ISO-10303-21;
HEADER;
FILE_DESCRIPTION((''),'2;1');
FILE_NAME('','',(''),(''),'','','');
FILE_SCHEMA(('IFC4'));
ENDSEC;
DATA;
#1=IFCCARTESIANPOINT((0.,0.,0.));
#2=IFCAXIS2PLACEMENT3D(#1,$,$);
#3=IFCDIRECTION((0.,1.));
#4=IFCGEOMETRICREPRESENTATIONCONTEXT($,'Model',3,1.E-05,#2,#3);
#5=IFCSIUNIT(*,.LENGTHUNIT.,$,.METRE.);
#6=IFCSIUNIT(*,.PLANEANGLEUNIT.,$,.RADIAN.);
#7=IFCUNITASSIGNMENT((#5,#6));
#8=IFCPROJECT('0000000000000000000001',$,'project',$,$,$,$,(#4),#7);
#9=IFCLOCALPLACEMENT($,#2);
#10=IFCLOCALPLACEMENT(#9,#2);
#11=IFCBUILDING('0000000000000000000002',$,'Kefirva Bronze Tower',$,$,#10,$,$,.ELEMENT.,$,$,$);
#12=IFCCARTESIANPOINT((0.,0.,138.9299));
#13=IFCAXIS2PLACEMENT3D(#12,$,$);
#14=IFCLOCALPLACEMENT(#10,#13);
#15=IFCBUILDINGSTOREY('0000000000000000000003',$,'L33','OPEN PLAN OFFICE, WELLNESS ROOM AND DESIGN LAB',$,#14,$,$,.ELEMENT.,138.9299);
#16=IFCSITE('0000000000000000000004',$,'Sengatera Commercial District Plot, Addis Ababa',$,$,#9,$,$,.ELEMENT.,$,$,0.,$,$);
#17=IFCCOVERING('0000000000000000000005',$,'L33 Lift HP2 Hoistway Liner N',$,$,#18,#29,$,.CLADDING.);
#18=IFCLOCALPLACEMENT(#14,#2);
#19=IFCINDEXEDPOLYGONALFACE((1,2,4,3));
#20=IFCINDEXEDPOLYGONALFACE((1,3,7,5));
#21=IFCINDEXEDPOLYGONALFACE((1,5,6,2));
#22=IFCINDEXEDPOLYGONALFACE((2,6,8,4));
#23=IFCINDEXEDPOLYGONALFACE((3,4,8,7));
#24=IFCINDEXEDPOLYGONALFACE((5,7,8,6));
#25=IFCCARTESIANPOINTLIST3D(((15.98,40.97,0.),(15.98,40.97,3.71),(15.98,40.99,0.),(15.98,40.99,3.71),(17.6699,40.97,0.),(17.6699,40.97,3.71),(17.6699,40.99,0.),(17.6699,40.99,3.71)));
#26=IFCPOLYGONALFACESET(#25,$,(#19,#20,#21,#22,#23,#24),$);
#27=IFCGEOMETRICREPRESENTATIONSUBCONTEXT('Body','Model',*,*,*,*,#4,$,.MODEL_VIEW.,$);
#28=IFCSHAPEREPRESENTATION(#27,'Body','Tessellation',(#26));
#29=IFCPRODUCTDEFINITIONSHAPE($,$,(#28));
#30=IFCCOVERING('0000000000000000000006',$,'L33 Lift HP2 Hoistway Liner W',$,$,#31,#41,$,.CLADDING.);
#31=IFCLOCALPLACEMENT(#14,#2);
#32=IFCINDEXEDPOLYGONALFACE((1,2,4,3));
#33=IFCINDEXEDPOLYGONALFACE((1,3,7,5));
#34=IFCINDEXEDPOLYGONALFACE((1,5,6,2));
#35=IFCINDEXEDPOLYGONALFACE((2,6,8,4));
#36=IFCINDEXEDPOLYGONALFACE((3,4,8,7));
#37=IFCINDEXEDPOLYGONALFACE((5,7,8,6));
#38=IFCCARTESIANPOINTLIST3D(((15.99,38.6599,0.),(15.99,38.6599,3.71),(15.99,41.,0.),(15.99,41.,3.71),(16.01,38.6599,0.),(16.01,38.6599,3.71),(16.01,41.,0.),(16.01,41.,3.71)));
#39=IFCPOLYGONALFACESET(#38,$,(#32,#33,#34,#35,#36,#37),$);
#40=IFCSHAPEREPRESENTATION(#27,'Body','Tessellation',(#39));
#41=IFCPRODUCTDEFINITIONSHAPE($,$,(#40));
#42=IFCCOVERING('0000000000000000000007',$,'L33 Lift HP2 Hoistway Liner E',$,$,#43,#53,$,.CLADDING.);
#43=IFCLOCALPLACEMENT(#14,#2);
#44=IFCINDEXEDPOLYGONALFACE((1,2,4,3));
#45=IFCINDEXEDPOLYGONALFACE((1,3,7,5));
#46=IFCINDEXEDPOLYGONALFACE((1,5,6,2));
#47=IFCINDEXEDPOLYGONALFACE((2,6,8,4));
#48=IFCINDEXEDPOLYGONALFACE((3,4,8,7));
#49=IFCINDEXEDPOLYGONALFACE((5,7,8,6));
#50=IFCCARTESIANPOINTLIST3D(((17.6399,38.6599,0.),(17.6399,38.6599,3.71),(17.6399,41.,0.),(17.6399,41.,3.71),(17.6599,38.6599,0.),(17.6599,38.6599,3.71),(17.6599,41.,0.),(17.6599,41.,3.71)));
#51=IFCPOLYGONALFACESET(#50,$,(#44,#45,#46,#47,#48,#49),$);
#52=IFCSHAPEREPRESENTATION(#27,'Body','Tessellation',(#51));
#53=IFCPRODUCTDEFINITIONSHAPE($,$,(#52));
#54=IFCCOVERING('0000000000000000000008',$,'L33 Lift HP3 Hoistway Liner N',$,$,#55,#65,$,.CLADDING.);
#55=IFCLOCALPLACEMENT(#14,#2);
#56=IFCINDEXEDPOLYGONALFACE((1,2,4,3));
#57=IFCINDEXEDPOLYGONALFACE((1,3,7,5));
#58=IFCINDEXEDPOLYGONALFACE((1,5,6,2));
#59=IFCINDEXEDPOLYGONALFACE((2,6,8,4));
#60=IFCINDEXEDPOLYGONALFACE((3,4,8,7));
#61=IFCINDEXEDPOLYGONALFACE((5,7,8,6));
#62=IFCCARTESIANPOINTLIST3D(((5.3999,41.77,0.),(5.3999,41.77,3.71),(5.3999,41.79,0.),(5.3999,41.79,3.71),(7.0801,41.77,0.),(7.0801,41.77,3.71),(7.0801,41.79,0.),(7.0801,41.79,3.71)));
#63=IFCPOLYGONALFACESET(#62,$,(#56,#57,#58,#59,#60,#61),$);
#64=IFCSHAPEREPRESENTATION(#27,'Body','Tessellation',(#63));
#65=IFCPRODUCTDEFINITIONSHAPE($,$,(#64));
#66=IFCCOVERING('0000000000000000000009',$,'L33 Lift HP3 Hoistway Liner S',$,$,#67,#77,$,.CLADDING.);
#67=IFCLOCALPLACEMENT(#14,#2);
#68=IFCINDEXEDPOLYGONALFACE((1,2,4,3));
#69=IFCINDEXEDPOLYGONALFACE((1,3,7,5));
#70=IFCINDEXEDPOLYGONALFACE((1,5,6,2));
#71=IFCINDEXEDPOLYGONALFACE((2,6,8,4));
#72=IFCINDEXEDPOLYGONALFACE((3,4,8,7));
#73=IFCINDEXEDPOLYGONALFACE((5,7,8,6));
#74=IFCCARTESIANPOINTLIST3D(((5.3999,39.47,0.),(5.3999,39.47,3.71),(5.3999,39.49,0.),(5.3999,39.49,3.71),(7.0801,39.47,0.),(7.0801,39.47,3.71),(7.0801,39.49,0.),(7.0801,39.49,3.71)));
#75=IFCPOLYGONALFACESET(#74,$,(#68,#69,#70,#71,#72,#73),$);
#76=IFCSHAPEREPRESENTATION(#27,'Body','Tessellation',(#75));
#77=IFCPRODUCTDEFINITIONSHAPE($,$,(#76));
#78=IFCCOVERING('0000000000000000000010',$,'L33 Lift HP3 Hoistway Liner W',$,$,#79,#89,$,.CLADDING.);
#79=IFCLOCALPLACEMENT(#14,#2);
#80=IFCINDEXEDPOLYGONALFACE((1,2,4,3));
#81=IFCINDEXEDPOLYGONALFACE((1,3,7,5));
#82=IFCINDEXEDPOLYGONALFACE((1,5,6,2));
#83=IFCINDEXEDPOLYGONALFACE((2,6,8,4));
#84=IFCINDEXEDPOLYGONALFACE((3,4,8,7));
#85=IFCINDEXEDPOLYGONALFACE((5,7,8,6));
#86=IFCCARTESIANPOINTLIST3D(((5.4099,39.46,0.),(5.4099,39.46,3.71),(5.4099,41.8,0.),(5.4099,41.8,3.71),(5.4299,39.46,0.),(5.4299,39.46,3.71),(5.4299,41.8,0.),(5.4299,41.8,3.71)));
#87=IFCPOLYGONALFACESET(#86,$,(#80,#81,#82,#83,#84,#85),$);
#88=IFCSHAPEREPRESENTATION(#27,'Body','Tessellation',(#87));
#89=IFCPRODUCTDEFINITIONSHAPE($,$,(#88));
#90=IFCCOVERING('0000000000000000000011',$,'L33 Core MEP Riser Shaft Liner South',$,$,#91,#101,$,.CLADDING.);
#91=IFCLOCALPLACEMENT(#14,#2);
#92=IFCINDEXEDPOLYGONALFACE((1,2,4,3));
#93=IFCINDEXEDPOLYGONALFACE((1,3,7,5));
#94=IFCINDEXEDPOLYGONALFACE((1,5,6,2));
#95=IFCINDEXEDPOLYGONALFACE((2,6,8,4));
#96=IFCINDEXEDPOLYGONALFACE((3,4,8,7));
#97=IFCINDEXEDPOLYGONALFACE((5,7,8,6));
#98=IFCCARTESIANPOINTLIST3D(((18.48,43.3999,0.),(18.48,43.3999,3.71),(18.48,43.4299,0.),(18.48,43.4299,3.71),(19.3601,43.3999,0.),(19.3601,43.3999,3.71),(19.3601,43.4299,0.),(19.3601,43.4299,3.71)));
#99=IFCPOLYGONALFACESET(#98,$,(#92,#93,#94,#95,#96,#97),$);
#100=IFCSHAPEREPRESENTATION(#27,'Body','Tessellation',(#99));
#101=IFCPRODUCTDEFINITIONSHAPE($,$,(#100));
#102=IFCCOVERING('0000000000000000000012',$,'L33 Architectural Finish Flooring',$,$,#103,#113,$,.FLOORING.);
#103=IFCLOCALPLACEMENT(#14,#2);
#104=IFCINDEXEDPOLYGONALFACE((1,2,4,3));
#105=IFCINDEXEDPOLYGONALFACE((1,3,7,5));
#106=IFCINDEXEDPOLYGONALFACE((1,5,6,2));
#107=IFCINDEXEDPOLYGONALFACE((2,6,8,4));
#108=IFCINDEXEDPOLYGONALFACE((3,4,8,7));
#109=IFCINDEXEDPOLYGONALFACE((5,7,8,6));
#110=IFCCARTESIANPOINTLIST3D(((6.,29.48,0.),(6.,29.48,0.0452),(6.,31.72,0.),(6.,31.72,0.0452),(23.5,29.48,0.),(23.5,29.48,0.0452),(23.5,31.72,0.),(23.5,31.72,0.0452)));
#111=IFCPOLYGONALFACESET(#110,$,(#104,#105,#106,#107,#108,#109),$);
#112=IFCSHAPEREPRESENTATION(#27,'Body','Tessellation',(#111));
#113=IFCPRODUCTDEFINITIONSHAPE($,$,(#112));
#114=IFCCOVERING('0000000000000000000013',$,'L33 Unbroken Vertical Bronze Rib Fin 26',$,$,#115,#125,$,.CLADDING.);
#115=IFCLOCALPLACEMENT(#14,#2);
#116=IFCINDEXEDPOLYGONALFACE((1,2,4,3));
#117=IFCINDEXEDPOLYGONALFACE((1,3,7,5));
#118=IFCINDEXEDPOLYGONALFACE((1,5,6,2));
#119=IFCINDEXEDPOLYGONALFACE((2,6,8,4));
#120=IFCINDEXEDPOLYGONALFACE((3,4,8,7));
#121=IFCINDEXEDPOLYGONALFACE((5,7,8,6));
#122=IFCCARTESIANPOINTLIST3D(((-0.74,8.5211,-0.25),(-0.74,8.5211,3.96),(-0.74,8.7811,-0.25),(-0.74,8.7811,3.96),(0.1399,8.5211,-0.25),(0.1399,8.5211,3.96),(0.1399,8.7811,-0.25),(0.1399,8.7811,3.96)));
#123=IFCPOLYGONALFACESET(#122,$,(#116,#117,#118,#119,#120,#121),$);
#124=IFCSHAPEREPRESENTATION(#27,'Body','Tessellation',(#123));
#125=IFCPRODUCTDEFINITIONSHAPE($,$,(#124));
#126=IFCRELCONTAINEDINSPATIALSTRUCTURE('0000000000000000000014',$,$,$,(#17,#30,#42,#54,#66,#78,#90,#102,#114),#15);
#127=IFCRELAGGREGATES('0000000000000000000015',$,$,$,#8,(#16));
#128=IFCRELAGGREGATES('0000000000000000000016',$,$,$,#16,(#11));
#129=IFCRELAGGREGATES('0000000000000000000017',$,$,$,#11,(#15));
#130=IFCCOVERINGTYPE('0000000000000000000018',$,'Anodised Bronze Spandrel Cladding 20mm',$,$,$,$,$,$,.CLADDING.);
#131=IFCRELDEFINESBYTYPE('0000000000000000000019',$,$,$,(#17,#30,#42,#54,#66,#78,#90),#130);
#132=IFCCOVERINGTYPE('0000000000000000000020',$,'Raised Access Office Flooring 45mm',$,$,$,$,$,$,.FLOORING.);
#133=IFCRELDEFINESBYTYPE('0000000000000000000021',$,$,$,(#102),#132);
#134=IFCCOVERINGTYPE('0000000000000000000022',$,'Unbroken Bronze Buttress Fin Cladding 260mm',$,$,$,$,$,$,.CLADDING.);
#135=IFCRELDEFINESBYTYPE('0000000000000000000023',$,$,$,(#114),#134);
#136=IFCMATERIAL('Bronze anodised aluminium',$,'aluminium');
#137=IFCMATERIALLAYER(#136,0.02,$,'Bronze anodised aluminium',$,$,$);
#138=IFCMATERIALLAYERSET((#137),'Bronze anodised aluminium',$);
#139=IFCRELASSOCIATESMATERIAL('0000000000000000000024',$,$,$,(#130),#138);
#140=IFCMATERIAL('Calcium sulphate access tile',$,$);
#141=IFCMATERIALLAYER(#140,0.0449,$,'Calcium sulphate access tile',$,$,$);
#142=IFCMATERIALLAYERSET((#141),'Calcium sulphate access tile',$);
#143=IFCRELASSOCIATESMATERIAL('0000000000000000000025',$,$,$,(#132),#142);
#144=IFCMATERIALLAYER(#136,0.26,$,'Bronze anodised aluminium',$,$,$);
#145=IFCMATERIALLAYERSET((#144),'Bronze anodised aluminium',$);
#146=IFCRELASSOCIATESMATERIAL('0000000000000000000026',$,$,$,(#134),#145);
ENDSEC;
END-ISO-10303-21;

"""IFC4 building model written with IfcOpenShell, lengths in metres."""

from ifc_helpers import new_model, si_unit, direction, frame, origin, origin_2d, place, context, subcontext, project, spatial, polyline, rectangle, outline, extrude, material, layer, layer_set, type_object, element, save


model = new_model("IFC4")

# Units and contexts
model_context = context("Model", 3, precision=1e-05, world=origin(), true_north=direction((0.0, 1.0)))
body_context = subcontext(model_context, "Body", "Model", "MODEL_VIEW")
ifc_project = project(units=[si_unit("LENGTHUNIT", "METRE"), si_unit("PLANEANGLEUNIT", "RADIAN")], contexts=[model_context])

# Site, building, storey
site_placement = place(None, origin())
site = spatial("IfcSite", under=ifc_project, at=site_placement, Name="Sengatera Commercial District Plot, Addis Ababa", CompositionType="ELEMENT", RefElevation=0.0)
building_placement = place(site_placement, origin())
building = spatial("IfcBuilding", under=site, at=building_placement, Name="Kefirva Bronze Tower", CompositionType="ELEMENT")
storey_placement = place(building_placement, frame((0.0, 0.0, 138.9299)))
storey = spatial("IfcBuildingStorey", under=building, at=storey_placement, Name="L33", Description="OPEN PLAN OFFICE, WELLNESS ROOM AND DESIGN LAB", CompositionType="ELEMENT", Elevation=138.9299)

# Shared definitions
ifc_material_1 = material(Name="Bronze anodised aluminium", Category="aluminium")

# Coverings
ifc_layer_1 = layer(ifc_material_1, 0.02, Name="Bronze anodised aluminium")
ifc_layer_set_1 = layer_set([ifc_layer_1], Name="Bronze anodised aluminium")
covering_type_1 = type_object("IfcCoveringType", Name="Anodised Bronze Spandrel Cladding 20mm", PredefinedType="CLADDING", material=ifc_layer_set_1)
covering_1_placement = place(storey_placement, origin())
element("IfcCovering", 1, at=covering_1_placement, inside=storey, type_object=covering_type_1, Name="L33 Lift HP2 Hoistway Liner N", PredefinedType="CLADDING", context=body_context, shape_type="SweptSolid", body=[
    extrude(outline(polyline([(15.98, 40.97), (17.6699, 40.97), (17.6699, 40.99), (15.98, 40.99), (15.98, 40.97)])), origin(), (0.0, 0.0, 1.0), 3.71),
])
covering_2_placement = place(storey_placement, origin())
element("IfcCovering", 2, at=covering_2_placement, inside=storey, type_object=covering_type_1, Name="L33 Lift HP2 Hoistway Liner W", PredefinedType="CLADDING", context=body_context, shape_type="SweptSolid", body=[
    extrude(outline(polyline([(15.99, 38.6599), (16.01, 38.6599), (16.01, 41.0), (15.99, 41.0), (15.99, 38.6599)])), origin(), (0.0, 0.0, 1.0), 3.71),
])
covering_3_placement = place(storey_placement, origin())
element("IfcCovering", 3, at=covering_3_placement, inside=storey, type_object=covering_type_1, Name="L33 Lift HP2 Hoistway Liner E", PredefinedType="CLADDING", context=body_context, shape_type="SweptSolid", body=[
    extrude(outline(polyline([(17.6399, 38.6599), (17.6599, 38.6599), (17.6599, 41.0), (17.6399, 41.0), (17.6399, 38.6599)])), origin(), (0.0, 0.0, 1.0), 3.71),
])
covering_4_placement = place(storey_placement, origin())
element("IfcCovering", 4, at=covering_4_placement, inside=storey, type_object=covering_type_1, Name="L33 Lift HP3 Hoistway Liner N", PredefinedType="CLADDING", context=body_context, shape_type="SweptSolid", body=[
    extrude(outline(polyline([(5.3999, 41.77), (7.0801, 41.77), (7.0801, 41.79), (5.3999, 41.79), (5.3999, 41.77)])), origin(), (0.0, 0.0, 1.0), 3.71),
])
covering_5_placement = place(storey_placement, origin())
element("IfcCovering", 5, at=covering_5_placement, inside=storey, type_object=covering_type_1, Name="L33 Lift HP3 Hoistway Liner S", PredefinedType="CLADDING", context=body_context, shape_type="SweptSolid", body=[
    extrude(outline(polyline([(5.3999, 39.47), (7.0801, 39.47), (7.0801, 39.49), (5.3999, 39.49), (5.3999, 39.47)])), origin(), (0.0, 0.0, 1.0), 3.71),
])
covering_6_placement = place(storey_placement, origin())
element("IfcCovering", 6, at=covering_6_placement, inside=storey, type_object=covering_type_1, Name="L33 Lift HP3 Hoistway Liner W", PredefinedType="CLADDING", context=body_context, shape_type="SweptSolid", body=[
    extrude(outline(polyline([(5.4099, 39.46), (5.4299, 39.46), (5.4299, 41.8), (5.4099, 41.8), (5.4099, 39.46)])), origin(), (0.0, 0.0, 1.0), 3.71),
])
covering_7_placement = place(storey_placement, origin())
element("IfcCovering", 7, at=covering_7_placement, inside=storey, type_object=covering_type_1, Name="L33 Core MEP Riser Shaft Liner South", PredefinedType="CLADDING", context=body_context, shape_type="SweptSolid", body=[
    extrude(outline(polyline([(18.48, 43.3999), (19.3601, 43.3999), (19.3601, 43.4299), (18.48, 43.4299), (18.48, 43.3999)])), origin(), (0.0, 0.0, 1.0), 3.71),
])
ifc_material_2 = material(Name="Calcium sulphate access tile")
ifc_layer_2 = layer(ifc_material_2, 0.0449, Name="Calcium sulphate access tile")
ifc_layer_set_2 = layer_set([ifc_layer_2], Name="Calcium sulphate access tile")
covering_type_2 = type_object("IfcCoveringType", Name="Raised Access Office Flooring 45mm", PredefinedType="FLOORING", material=ifc_layer_set_2)
covering_8_placement = place(storey_placement, origin())
element("IfcCovering", 8, at=covering_8_placement, inside=storey, type_object=covering_type_2, Name="L33 Architectural Finish Flooring", PredefinedType="FLOORING", context=body_context, shape_type="SweptSolid", body=[
    extrude(outline(polyline([(6.0, 29.48), (23.5, 29.48), (23.5, 31.72), (6.0, 31.72), (6.0, 29.48)])), origin(), (0.0, 0.0, 1.0), 0.0452),
])
ifc_layer_3 = layer(ifc_material_1, 0.26, Name="Bronze anodised aluminium")
ifc_layer_set_3 = layer_set([ifc_layer_3], Name="Bronze anodised aluminium")
covering_type_3 = type_object("IfcCoveringType", Name="Unbroken Bronze Buttress Fin Cladding 260mm", PredefinedType="CLADDING", material=ifc_layer_set_3)
covering_9_placement = place(storey_placement, frame((-0.3, 8.6511, -0.25), z_axis=(0.0, 0.0, 1.0), x_axis=(0.0, -1.0, 0.0)))
element("IfcCovering", 9, at=covering_9_placement, inside=storey, type_object=covering_type_3, Name="L33 Unbroken Vertical Bronze Rib Fin 26", PredefinedType="CLADDING", context=body_context, shape_type="SweptSolid", body=[
    extrude(rectangle(XDim=0.26, YDim=0.8799, at=origin_2d()), origin(), (0.0, 0.0, 1.0), 4.21),
])

save(model, "model.ifc")
